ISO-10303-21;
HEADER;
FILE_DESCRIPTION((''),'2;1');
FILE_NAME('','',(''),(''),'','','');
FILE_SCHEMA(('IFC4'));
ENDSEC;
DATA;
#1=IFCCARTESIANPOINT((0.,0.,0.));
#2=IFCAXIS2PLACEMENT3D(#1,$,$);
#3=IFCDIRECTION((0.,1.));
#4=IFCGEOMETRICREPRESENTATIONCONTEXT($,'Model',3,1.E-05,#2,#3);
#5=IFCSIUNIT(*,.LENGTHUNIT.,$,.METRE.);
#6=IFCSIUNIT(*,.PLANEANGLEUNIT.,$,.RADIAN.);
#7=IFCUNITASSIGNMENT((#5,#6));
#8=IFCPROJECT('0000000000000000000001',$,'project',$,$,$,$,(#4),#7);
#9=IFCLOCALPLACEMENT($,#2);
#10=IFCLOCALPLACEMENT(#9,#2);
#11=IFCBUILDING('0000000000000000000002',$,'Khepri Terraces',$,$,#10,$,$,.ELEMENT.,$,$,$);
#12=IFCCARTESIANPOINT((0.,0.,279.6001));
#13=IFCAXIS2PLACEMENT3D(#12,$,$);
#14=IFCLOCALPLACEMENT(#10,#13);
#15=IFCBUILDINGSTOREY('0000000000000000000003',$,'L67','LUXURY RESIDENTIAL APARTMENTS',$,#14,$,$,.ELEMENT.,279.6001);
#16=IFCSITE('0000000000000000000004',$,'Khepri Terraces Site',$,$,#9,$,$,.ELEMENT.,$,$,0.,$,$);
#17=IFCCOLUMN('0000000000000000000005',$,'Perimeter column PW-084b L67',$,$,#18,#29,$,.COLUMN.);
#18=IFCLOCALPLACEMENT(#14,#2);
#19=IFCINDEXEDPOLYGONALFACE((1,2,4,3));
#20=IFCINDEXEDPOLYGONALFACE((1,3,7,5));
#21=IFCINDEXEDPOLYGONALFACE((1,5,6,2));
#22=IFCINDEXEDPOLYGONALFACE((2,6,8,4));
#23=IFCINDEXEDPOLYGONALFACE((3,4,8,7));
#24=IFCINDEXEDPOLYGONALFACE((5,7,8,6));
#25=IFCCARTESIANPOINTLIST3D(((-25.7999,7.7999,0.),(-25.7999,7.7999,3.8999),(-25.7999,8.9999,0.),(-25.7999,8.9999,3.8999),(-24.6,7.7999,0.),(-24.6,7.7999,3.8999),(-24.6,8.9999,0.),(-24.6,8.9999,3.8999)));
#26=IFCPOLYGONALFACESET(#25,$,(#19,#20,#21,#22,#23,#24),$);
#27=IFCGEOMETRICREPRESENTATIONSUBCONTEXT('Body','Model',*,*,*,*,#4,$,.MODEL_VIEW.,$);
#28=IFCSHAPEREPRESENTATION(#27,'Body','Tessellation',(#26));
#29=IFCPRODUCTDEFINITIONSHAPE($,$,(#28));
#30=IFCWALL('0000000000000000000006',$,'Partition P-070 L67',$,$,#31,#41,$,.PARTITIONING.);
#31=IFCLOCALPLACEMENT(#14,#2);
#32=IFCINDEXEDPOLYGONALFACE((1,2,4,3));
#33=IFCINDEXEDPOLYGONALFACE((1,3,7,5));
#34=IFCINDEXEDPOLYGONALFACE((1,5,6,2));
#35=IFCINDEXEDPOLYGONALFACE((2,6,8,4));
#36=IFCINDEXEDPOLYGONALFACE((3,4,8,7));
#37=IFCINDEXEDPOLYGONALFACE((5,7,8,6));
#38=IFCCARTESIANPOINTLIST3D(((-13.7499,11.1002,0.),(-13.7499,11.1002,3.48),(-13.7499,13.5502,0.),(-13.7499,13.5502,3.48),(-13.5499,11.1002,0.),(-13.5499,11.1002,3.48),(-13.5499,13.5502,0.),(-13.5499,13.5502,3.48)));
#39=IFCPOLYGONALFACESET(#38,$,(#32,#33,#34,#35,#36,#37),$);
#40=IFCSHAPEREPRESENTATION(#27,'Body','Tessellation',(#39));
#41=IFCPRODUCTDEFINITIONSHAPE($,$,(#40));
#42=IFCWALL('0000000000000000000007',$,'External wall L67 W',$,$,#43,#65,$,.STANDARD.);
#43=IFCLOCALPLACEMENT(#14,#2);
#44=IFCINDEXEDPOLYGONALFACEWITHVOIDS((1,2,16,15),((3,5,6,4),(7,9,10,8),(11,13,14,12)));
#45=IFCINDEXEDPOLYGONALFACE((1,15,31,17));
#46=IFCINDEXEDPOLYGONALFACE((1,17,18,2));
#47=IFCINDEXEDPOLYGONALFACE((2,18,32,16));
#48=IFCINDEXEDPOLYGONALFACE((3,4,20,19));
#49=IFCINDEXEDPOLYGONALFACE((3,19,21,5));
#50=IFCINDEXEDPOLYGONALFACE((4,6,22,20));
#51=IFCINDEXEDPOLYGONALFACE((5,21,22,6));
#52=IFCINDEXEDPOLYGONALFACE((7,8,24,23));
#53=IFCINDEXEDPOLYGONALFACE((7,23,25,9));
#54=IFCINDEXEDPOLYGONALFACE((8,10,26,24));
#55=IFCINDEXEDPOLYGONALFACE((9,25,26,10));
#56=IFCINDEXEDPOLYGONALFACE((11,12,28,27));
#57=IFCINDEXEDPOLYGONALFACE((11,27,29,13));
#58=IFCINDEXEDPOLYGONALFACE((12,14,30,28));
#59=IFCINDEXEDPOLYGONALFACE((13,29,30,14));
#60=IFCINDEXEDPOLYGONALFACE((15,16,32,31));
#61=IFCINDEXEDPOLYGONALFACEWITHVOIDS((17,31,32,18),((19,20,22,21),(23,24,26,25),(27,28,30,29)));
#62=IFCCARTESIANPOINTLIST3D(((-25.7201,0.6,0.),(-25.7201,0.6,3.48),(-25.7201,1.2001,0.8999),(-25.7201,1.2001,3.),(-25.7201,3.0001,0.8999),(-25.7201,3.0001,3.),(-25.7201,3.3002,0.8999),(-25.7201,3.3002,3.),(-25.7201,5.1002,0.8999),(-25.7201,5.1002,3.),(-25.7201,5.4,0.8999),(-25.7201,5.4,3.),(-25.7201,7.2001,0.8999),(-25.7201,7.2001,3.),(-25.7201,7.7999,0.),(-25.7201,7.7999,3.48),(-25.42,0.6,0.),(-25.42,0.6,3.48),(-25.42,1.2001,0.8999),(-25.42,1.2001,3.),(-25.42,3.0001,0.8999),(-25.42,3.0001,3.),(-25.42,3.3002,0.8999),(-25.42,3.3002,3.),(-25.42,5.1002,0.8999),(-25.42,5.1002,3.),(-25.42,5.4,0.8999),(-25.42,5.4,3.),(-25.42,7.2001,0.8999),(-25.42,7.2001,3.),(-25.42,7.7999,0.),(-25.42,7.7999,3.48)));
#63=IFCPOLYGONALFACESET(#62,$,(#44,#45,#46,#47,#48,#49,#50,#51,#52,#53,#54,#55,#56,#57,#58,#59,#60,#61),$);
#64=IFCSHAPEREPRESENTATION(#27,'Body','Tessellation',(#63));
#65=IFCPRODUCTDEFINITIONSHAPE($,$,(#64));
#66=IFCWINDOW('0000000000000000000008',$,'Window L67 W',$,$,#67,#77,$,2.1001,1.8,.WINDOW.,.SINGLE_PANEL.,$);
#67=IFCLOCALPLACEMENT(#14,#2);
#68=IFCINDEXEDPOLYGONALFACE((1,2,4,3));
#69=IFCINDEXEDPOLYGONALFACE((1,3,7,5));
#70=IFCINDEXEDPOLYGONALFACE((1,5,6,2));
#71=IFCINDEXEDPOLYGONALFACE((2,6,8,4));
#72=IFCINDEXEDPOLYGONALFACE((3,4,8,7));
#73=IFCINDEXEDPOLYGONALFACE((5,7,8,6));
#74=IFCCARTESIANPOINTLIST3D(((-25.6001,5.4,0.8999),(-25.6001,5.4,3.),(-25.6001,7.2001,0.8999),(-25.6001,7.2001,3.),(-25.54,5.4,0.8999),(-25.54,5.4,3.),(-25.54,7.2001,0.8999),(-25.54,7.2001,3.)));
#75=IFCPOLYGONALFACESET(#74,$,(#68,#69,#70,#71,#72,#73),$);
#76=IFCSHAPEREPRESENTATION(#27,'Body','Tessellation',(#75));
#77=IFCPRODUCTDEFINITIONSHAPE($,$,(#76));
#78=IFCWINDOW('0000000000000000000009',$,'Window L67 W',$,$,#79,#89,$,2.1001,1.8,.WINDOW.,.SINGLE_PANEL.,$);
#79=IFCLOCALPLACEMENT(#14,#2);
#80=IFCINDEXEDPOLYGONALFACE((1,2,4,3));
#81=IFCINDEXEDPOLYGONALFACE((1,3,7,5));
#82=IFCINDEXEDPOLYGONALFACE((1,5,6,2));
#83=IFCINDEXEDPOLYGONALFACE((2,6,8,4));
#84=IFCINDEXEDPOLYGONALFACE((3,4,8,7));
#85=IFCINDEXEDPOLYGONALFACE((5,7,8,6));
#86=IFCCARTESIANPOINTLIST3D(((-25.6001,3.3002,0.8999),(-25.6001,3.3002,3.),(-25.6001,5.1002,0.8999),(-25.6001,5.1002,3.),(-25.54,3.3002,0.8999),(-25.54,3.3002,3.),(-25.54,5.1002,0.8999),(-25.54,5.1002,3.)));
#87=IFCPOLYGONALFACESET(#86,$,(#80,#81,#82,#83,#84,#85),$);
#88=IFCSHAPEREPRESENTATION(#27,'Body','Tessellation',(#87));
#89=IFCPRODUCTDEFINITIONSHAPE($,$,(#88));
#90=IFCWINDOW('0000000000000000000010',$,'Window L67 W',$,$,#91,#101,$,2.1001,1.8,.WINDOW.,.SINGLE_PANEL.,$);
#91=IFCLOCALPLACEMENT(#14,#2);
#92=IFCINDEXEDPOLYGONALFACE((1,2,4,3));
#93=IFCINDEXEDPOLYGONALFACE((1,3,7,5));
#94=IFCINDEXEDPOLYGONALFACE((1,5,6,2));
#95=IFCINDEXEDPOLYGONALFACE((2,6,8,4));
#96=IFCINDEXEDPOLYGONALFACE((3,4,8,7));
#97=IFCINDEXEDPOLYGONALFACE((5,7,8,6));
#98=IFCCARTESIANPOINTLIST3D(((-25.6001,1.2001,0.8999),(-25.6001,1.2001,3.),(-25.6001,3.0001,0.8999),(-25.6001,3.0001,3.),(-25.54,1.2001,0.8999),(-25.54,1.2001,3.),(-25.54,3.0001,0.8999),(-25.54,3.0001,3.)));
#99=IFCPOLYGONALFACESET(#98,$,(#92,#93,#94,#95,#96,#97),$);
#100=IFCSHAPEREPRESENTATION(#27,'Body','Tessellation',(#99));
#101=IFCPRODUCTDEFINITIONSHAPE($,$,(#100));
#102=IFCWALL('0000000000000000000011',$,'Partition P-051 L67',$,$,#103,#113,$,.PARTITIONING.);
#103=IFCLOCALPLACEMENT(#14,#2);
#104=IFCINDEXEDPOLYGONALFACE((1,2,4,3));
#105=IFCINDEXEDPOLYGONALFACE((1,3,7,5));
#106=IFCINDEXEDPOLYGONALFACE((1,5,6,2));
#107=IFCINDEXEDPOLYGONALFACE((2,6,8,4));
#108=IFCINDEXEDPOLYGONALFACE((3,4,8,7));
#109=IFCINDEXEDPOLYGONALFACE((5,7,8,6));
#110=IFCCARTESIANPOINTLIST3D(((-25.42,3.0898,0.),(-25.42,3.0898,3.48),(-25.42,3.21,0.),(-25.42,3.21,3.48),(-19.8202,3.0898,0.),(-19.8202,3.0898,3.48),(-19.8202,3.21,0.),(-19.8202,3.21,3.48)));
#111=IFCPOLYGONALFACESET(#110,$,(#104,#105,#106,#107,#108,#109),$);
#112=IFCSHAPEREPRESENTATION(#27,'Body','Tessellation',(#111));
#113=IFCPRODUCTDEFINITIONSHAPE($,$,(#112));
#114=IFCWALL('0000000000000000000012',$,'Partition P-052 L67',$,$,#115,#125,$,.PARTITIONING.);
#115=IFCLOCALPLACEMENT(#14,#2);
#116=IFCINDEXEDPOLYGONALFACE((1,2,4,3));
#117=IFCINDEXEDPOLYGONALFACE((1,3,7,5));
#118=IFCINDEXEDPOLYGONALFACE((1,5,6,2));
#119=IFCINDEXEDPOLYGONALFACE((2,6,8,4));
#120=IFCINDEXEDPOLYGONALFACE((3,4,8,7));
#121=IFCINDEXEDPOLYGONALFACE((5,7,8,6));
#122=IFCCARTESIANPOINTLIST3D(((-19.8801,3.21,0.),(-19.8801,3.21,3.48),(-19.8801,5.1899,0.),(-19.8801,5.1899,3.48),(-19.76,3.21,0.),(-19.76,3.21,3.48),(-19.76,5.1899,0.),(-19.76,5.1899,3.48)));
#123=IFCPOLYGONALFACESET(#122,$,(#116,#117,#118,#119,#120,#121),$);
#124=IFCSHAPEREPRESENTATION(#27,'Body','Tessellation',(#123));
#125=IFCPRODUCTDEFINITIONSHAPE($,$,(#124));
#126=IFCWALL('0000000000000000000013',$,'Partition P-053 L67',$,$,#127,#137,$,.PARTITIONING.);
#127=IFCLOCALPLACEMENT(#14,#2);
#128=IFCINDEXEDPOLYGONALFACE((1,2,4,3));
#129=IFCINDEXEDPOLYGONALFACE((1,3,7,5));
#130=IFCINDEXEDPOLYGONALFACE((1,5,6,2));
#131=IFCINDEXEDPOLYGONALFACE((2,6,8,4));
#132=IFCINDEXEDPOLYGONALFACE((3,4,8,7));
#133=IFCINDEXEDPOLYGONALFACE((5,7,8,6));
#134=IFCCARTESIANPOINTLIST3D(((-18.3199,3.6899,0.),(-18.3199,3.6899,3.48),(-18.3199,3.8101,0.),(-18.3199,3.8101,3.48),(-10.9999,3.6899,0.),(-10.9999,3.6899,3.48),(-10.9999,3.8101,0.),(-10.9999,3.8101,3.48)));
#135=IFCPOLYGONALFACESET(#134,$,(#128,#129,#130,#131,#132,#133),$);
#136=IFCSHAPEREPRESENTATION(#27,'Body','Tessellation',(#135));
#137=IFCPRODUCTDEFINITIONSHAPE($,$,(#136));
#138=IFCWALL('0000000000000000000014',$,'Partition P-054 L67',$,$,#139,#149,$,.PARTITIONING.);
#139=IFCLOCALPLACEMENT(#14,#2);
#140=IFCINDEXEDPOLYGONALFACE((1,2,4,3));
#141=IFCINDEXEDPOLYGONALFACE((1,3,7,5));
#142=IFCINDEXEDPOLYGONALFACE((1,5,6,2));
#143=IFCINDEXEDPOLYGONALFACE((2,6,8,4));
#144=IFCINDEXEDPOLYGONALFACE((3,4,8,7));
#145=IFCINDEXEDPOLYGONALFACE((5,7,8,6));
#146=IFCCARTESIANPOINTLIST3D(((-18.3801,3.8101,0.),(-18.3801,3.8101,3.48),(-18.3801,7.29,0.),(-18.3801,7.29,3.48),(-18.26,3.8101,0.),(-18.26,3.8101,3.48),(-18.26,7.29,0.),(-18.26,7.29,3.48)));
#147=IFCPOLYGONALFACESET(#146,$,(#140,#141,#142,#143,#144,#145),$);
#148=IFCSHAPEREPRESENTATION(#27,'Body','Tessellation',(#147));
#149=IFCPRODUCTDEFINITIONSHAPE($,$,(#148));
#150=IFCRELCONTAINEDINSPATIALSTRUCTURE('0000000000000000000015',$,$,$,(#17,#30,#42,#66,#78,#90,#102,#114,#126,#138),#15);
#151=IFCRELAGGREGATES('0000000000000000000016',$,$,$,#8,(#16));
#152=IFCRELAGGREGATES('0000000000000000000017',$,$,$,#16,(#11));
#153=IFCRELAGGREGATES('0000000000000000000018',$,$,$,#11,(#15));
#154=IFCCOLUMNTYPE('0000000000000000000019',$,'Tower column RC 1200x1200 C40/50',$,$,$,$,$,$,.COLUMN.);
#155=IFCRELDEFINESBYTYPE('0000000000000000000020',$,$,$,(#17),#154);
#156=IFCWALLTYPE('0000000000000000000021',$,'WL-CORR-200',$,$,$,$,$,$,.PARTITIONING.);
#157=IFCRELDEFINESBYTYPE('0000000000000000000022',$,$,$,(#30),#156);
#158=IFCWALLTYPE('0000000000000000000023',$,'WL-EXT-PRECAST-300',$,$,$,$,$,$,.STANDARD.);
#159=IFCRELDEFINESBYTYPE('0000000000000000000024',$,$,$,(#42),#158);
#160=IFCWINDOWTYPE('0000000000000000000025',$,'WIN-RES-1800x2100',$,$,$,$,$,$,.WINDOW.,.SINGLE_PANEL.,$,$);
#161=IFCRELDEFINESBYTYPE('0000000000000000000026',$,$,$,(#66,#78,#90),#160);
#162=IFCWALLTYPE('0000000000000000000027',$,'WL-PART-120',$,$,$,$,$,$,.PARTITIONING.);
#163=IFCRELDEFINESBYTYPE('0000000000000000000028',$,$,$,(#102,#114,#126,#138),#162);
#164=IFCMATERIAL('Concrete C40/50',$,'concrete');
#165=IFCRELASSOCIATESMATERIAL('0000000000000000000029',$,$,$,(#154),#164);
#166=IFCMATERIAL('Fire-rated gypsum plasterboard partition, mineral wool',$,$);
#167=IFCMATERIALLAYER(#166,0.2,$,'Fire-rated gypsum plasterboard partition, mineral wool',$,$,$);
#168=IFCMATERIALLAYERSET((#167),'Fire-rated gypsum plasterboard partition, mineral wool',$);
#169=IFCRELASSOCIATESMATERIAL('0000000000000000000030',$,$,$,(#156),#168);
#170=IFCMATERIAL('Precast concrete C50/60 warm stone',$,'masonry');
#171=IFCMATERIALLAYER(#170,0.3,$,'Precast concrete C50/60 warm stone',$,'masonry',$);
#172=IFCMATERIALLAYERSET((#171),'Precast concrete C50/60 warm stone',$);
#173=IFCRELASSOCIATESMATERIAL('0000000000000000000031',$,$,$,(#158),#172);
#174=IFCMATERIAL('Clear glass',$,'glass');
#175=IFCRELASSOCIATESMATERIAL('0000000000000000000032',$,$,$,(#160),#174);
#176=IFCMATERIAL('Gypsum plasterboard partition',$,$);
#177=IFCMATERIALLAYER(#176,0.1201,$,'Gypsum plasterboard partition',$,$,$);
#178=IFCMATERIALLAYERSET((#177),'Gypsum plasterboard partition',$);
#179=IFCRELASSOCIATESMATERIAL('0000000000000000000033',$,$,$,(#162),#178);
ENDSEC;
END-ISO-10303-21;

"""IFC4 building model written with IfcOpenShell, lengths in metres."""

from ifc_helpers import new_model, si_unit, direction, frame, frame_2d, origin, origin_2d, place, context, subcontext, project, spatial, rectangle, extrude, material, layer, layer_set, material_profile, profile_set, type_object, element, fill, save


model = new_model("IFC4")

# Units and contexts
model_context = context("Model", 3, precision=1e-05, world=origin(), true_north=direction((0.0, 1.0)))
body_context = subcontext(model_context, "Body", "Model", "MODEL_VIEW")
ifc_project = project(units=[si_unit("LENGTHUNIT", "METRE"), si_unit("PLANEANGLEUNIT", "RADIAN")], contexts=[model_context])

# Site, building, storey
site_placement = place(None, origin())
site = spatial("IfcSite", under=ifc_project, at=site_placement, Name="Khepri Terraces Site", CompositionType="ELEMENT", RefElevation=0.0)
building_placement = place(site_placement, origin())
building = spatial("IfcBuilding", under=site, at=building_placement, Name="Khepri Terraces", CompositionType="ELEMENT")
storey_placement = place(building_placement, frame((0.0, 0.0, 279.6001)))
storey = spatial("IfcBuildingStorey", under=building, at=storey_placement, Name="L67", Description="LUXURY RESIDENTIAL APARTMENTS", CompositionType="ELEMENT", Elevation=279.6001)

# Column
ifc_material_1 = material(Name="Concrete C40/50", Category="concrete")
ifc_material_profile = material_profile(ifc_material_1, rectangle(XDim=1.2, YDim=1.2, at=origin_2d()), Name="Concrete C40/50", Category="concrete")
ifc_profile_set = profile_set([ifc_material_profile], Name="Concrete C40/50")
column_type = type_object("IfcColumnType", Name="Tower column RC 1200x1200 C40/50", PredefinedType="COLUMN", material=ifc_profile_set)
column_placement = place(storey_placement, frame((-25.2, 8.3999, 0.0), z_axis=(0.0, 0.0, 1.0), x_axis=(1.0, 0.0, 0.0)))
element("IfcColumn", 1, at=column_placement, inside=storey, type_object=column_type, Name="Perimeter column PW-084b L67", PredefinedType="COLUMN", context=body_context, shape_type="SweptSolid", body=[
    extrude(rectangle(XDim=1.2, YDim=1.2, at=origin_2d()), origin(), (0.0, 0.0, 1.0), 3.8999),
])

# Shared definitions
ifc_material_2 = material(Name="Fire-rated gypsum plasterboard partition, mineral wool")
ifc_layer_1 = layer(ifc_material_2, 0.2, Name="Fire-rated gypsum plasterboard partition, mineral wool")
ifc_layer_set_1 = layer_set([ifc_layer_1], Name="Fire-rated gypsum plasterboard partition, mineral wool")
wall_type_1 = type_object("IfcWallType", Name="WL-CORR-200", PredefinedType="PARTITIONING", material=ifc_layer_set_1)

# Wall
wall_1_placement = place(storey_placement, frame((-13.6499, 11.1001, 0.0), z_axis=(0.0, 0.0, 1.0), x_axis=(0.0, 1.0, 0.0)))
element("IfcWall", 2, at=wall_1_placement, inside=storey, type_object=wall_type_1, Name="Partition P-070 L67", PredefinedType="PARTITIONING", context=body_context, shape_type="SweptSolid", body=[
    extrude(rectangle(XDim=2.45, YDim=0.2, at=frame_2d((1.2251, 0.0))), origin(), (0.0, 0.0, 1.0), 3.48),
])

# Wall, openings, windows
ifc_material_3 = material(Name="Precast concrete C50/60 warm stone", Category="masonry")
ifc_layer_2 = layer(ifc_material_3, 0.3, Name="Precast concrete C50/60 warm stone", Category="masonry")
ifc_layer_set_2 = layer_set([ifc_layer_2], Name="Precast concrete C50/60 warm stone")
wall_type_2 = type_object("IfcWallType", Name="WL-EXT-PRECAST-300", PredefinedType="STANDARD", material=ifc_layer_set_2)
wall_2_placement = place(storey_placement, frame((-25.5701, 7.8, 0.0), z_axis=(0.0, 0.0, 1.0), x_axis=(0.0, -1.0, 0.0)))
wall_2 = element("IfcWall", 3, at=wall_2_placement, inside=storey, type_object=wall_type_2, Name="External wall L67 W", PredefinedType="STANDARD", context=body_context, shape_type="SweptSolid", body=[
    extrude(rectangle(XDim=7.2, YDim=0.3, at=frame_2d((3.6001, 0.0))), origin(), (0.0, 0.0, 1.0), 3.48),
])
opening_1_placement = place(wall_2_placement, frame((0.6001, 0.0, 0.8999)))
opening_1 = element("IfcOpeningElement", 4, at=opening_1_placement, cuts=wall_2, PredefinedType="OPENING", context=body_context, shape_type="SweptSolid", body=[
    extrude(rectangle(XDim=1.8, YDim=2.1001, at=frame_2d((0.8999, 1.05))), frame((0.0, 0.1602, 0.0), z_axis=(0.0, -1.0, 0.0), x_axis=(1.0, 0.0, 0.0)), (0.0, 0.0, 1.0), 0.3201),
])
opening_2_placement = place(wall_2_placement, frame((2.7, 0.0, 0.8999)))
opening_2 = element("IfcOpeningElement", 5, at=opening_2_placement, cuts=wall_2, PredefinedType="OPENING", context=body_context, shape_type="SweptSolid", body=[
    extrude(rectangle(XDim=1.8, YDim=2.1001, at=frame_2d((0.8999, 1.05))), frame((0.0, 0.1602, 0.0), z_axis=(0.0, -1.0, 0.0), x_axis=(1.0, 0.0, 0.0)), (0.0, 0.0, 1.0), 0.3201),
])
opening_3_placement = place(wall_2_placement, frame((4.8, 0.0, 0.8999)))
opening_3 = element("IfcOpeningElement", 6, at=opening_3_placement, cuts=wall_2, PredefinedType="OPENING", context=body_context, shape_type="SweptSolid", body=[
    extrude(rectangle(XDim=1.8, YDim=2.1001, at=frame_2d((0.8999, 1.05))), frame((0.0, 0.1602, 0.0), z_axis=(0.0, -1.0, 0.0), x_axis=(1.0, 0.0, 0.0)), (0.0, 0.0, 1.0), 0.3201),
])
ifc_material_4 = material(Name="Clear glass", Category="glass")
window_type = type_object("IfcWindowType", Name="WIN-RES-1800x2100", PartitioningType="SINGLE_PANEL", PredefinedType="WINDOW", material=ifc_material_4)
window_1_placement = place(opening_1_placement, origin())
window_1 = element("IfcWindow", 7, at=window_1_placement, inside=storey, type_object=window_type, Name="Window L67 W", OverallHeight=2.1001, OverallWidth=1.8, PartitioningType="SINGLE_PANEL", PredefinedType="WINDOW", context=body_context, shape_type="SweptSolid", body=[
    extrude(rectangle(XDim=1.8, YDim=2.1001, at=frame_2d((0.8999, 1.05))), frame((0.0, 0.03, 0.0), z_axis=(0.0, -1.0, 0.0), x_axis=(1.0, 0.0, 0.0)), (0.0, 0.0, 1.0), 0.0601),
])
fill(opening_1, window_1)
window_2_placement = place(opening_2_placement, origin())
window_2 = element("IfcWindow", 8, at=window_2_placement, inside=storey, type_object=window_type, Name="Window L67 W", OverallHeight=2.1001, OverallWidth=1.8, PartitioningType="SINGLE_PANEL", PredefinedType="WINDOW", context=body_context, shape_type="SweptSolid", body=[
    extrude(rectangle(XDim=1.8, YDim=2.1001, at=frame_2d((0.8999, 1.05))), frame((0.0, 0.03, 0.0), z_axis=(0.0, -1.0, 0.0), x_axis=(1.0, 0.0, 0.0)), (0.0, 0.0, 1.0), 0.0601),
])
fill(opening_2, window_2)
window_3_placement = place(opening_3_placement, origin())
window_3 = element("IfcWindow", 9, at=window_3_placement, inside=storey, type_object=window_type, Name="Window L67 W", OverallHeight=2.1001, OverallWidth=1.8, PartitioningType="SINGLE_PANEL", PredefinedType="WINDOW", context=body_context, shape_type="SweptSolid", body=[
    extrude(rectangle(XDim=1.8, YDim=2.1001, at=frame_2d((0.8999, 1.05))), frame((0.0, 0.03, 0.0), z_axis=(0.0, -1.0, 0.0), x_axis=(1.0, 0.0, 0.0)), (0.0, 0.0, 1.0), 0.0601),
])
fill(opening_3, window_3)

# Walls
ifc_material_5 = material(Name="Gypsum plasterboard partition")
ifc_layer_3 = layer(ifc_material_5, 0.1201, Name="Gypsum plasterboard partition")
ifc_layer_set_3 = layer_set([ifc_layer_3], Name="Gypsum plasterboard partition")
wall_type_3 = type_object("IfcWallType", Name="WL-PART-120", PredefinedType="PARTITIONING", material=ifc_layer_set_3)
wall_3_placement = place(storey_placement, frame((-25.4199, 3.1499, 0.0), z_axis=(0.0, 0.0, 1.0), x_axis=(1.0, 0.0, 0.0)))
element("IfcWall", 10, at=wall_3_placement, inside=storey, type_object=wall_type_3, Name="Partition P-051 L67", PredefinedType="PARTITIONING", context=body_context, shape_type="SweptSolid", body=[
    extrude(rectangle(XDim=5.5999, YDim=0.1201, at=frame_2d((2.7998, 0.0))), origin(), (0.0, 0.0, 1.0), 3.48),
])
wall_4_placement = place(storey_placement, frame((-19.8201, 3.21, 0.0), z_axis=(0.0, 0.0, 1.0), x_axis=(0.0, 1.0, 0.0)))
element("IfcWall", 11, at=wall_4_placement, inside=storey, type_object=wall_type_3, Name="Partition P-052 L67", PredefinedType="PARTITIONING", context=body_context, shape_type="SweptSolid", body=[
    extrude(rectangle(XDim=1.98, YDim=0.1201, at=frame_2d((0.99, 0.0))), origin(), (0.0, 0.0, 1.0), 3.48),
])
wall_5_placement = place(storey_placement, frame((-18.3201, 3.75, 0.0), z_axis=(0.0, 0.0, 1.0), x_axis=(1.0, 0.0, 0.0)))
element("IfcWall", 12, at=wall_5_placement, inside=storey, type_object=wall_type_3, Name="Partition P-053 L67", PredefinedType="PARTITIONING", context=body_context, shape_type="SweptSolid", body=[
    extrude(rectangle(XDim=7.3201, YDim=0.1201, at=frame_2d((3.6602, 0.0))), origin(), (0.0, 0.0, 1.0), 3.48),
])
wall_6_placement = place(storey_placement, frame((-18.3201, 3.8101, 0.0), z_axis=(0.0, 0.0, 1.0), x_axis=(0.0, 1.0, 0.0)))
element("IfcWall", 13, at=wall_6_placement, inside=storey, type_object=wall_type_3, Name="Partition P-054 L67", PredefinedType="PARTITIONING", context=body_context, shape_type="SweptSolid", body=[
    extrude(rectangle(XDim=3.48, YDim=0.1201, at=frame_2d((1.74, 0.0))), origin(), (0.0, 0.0, 1.0), 3.48),
])

save(model, "model.ifc")
